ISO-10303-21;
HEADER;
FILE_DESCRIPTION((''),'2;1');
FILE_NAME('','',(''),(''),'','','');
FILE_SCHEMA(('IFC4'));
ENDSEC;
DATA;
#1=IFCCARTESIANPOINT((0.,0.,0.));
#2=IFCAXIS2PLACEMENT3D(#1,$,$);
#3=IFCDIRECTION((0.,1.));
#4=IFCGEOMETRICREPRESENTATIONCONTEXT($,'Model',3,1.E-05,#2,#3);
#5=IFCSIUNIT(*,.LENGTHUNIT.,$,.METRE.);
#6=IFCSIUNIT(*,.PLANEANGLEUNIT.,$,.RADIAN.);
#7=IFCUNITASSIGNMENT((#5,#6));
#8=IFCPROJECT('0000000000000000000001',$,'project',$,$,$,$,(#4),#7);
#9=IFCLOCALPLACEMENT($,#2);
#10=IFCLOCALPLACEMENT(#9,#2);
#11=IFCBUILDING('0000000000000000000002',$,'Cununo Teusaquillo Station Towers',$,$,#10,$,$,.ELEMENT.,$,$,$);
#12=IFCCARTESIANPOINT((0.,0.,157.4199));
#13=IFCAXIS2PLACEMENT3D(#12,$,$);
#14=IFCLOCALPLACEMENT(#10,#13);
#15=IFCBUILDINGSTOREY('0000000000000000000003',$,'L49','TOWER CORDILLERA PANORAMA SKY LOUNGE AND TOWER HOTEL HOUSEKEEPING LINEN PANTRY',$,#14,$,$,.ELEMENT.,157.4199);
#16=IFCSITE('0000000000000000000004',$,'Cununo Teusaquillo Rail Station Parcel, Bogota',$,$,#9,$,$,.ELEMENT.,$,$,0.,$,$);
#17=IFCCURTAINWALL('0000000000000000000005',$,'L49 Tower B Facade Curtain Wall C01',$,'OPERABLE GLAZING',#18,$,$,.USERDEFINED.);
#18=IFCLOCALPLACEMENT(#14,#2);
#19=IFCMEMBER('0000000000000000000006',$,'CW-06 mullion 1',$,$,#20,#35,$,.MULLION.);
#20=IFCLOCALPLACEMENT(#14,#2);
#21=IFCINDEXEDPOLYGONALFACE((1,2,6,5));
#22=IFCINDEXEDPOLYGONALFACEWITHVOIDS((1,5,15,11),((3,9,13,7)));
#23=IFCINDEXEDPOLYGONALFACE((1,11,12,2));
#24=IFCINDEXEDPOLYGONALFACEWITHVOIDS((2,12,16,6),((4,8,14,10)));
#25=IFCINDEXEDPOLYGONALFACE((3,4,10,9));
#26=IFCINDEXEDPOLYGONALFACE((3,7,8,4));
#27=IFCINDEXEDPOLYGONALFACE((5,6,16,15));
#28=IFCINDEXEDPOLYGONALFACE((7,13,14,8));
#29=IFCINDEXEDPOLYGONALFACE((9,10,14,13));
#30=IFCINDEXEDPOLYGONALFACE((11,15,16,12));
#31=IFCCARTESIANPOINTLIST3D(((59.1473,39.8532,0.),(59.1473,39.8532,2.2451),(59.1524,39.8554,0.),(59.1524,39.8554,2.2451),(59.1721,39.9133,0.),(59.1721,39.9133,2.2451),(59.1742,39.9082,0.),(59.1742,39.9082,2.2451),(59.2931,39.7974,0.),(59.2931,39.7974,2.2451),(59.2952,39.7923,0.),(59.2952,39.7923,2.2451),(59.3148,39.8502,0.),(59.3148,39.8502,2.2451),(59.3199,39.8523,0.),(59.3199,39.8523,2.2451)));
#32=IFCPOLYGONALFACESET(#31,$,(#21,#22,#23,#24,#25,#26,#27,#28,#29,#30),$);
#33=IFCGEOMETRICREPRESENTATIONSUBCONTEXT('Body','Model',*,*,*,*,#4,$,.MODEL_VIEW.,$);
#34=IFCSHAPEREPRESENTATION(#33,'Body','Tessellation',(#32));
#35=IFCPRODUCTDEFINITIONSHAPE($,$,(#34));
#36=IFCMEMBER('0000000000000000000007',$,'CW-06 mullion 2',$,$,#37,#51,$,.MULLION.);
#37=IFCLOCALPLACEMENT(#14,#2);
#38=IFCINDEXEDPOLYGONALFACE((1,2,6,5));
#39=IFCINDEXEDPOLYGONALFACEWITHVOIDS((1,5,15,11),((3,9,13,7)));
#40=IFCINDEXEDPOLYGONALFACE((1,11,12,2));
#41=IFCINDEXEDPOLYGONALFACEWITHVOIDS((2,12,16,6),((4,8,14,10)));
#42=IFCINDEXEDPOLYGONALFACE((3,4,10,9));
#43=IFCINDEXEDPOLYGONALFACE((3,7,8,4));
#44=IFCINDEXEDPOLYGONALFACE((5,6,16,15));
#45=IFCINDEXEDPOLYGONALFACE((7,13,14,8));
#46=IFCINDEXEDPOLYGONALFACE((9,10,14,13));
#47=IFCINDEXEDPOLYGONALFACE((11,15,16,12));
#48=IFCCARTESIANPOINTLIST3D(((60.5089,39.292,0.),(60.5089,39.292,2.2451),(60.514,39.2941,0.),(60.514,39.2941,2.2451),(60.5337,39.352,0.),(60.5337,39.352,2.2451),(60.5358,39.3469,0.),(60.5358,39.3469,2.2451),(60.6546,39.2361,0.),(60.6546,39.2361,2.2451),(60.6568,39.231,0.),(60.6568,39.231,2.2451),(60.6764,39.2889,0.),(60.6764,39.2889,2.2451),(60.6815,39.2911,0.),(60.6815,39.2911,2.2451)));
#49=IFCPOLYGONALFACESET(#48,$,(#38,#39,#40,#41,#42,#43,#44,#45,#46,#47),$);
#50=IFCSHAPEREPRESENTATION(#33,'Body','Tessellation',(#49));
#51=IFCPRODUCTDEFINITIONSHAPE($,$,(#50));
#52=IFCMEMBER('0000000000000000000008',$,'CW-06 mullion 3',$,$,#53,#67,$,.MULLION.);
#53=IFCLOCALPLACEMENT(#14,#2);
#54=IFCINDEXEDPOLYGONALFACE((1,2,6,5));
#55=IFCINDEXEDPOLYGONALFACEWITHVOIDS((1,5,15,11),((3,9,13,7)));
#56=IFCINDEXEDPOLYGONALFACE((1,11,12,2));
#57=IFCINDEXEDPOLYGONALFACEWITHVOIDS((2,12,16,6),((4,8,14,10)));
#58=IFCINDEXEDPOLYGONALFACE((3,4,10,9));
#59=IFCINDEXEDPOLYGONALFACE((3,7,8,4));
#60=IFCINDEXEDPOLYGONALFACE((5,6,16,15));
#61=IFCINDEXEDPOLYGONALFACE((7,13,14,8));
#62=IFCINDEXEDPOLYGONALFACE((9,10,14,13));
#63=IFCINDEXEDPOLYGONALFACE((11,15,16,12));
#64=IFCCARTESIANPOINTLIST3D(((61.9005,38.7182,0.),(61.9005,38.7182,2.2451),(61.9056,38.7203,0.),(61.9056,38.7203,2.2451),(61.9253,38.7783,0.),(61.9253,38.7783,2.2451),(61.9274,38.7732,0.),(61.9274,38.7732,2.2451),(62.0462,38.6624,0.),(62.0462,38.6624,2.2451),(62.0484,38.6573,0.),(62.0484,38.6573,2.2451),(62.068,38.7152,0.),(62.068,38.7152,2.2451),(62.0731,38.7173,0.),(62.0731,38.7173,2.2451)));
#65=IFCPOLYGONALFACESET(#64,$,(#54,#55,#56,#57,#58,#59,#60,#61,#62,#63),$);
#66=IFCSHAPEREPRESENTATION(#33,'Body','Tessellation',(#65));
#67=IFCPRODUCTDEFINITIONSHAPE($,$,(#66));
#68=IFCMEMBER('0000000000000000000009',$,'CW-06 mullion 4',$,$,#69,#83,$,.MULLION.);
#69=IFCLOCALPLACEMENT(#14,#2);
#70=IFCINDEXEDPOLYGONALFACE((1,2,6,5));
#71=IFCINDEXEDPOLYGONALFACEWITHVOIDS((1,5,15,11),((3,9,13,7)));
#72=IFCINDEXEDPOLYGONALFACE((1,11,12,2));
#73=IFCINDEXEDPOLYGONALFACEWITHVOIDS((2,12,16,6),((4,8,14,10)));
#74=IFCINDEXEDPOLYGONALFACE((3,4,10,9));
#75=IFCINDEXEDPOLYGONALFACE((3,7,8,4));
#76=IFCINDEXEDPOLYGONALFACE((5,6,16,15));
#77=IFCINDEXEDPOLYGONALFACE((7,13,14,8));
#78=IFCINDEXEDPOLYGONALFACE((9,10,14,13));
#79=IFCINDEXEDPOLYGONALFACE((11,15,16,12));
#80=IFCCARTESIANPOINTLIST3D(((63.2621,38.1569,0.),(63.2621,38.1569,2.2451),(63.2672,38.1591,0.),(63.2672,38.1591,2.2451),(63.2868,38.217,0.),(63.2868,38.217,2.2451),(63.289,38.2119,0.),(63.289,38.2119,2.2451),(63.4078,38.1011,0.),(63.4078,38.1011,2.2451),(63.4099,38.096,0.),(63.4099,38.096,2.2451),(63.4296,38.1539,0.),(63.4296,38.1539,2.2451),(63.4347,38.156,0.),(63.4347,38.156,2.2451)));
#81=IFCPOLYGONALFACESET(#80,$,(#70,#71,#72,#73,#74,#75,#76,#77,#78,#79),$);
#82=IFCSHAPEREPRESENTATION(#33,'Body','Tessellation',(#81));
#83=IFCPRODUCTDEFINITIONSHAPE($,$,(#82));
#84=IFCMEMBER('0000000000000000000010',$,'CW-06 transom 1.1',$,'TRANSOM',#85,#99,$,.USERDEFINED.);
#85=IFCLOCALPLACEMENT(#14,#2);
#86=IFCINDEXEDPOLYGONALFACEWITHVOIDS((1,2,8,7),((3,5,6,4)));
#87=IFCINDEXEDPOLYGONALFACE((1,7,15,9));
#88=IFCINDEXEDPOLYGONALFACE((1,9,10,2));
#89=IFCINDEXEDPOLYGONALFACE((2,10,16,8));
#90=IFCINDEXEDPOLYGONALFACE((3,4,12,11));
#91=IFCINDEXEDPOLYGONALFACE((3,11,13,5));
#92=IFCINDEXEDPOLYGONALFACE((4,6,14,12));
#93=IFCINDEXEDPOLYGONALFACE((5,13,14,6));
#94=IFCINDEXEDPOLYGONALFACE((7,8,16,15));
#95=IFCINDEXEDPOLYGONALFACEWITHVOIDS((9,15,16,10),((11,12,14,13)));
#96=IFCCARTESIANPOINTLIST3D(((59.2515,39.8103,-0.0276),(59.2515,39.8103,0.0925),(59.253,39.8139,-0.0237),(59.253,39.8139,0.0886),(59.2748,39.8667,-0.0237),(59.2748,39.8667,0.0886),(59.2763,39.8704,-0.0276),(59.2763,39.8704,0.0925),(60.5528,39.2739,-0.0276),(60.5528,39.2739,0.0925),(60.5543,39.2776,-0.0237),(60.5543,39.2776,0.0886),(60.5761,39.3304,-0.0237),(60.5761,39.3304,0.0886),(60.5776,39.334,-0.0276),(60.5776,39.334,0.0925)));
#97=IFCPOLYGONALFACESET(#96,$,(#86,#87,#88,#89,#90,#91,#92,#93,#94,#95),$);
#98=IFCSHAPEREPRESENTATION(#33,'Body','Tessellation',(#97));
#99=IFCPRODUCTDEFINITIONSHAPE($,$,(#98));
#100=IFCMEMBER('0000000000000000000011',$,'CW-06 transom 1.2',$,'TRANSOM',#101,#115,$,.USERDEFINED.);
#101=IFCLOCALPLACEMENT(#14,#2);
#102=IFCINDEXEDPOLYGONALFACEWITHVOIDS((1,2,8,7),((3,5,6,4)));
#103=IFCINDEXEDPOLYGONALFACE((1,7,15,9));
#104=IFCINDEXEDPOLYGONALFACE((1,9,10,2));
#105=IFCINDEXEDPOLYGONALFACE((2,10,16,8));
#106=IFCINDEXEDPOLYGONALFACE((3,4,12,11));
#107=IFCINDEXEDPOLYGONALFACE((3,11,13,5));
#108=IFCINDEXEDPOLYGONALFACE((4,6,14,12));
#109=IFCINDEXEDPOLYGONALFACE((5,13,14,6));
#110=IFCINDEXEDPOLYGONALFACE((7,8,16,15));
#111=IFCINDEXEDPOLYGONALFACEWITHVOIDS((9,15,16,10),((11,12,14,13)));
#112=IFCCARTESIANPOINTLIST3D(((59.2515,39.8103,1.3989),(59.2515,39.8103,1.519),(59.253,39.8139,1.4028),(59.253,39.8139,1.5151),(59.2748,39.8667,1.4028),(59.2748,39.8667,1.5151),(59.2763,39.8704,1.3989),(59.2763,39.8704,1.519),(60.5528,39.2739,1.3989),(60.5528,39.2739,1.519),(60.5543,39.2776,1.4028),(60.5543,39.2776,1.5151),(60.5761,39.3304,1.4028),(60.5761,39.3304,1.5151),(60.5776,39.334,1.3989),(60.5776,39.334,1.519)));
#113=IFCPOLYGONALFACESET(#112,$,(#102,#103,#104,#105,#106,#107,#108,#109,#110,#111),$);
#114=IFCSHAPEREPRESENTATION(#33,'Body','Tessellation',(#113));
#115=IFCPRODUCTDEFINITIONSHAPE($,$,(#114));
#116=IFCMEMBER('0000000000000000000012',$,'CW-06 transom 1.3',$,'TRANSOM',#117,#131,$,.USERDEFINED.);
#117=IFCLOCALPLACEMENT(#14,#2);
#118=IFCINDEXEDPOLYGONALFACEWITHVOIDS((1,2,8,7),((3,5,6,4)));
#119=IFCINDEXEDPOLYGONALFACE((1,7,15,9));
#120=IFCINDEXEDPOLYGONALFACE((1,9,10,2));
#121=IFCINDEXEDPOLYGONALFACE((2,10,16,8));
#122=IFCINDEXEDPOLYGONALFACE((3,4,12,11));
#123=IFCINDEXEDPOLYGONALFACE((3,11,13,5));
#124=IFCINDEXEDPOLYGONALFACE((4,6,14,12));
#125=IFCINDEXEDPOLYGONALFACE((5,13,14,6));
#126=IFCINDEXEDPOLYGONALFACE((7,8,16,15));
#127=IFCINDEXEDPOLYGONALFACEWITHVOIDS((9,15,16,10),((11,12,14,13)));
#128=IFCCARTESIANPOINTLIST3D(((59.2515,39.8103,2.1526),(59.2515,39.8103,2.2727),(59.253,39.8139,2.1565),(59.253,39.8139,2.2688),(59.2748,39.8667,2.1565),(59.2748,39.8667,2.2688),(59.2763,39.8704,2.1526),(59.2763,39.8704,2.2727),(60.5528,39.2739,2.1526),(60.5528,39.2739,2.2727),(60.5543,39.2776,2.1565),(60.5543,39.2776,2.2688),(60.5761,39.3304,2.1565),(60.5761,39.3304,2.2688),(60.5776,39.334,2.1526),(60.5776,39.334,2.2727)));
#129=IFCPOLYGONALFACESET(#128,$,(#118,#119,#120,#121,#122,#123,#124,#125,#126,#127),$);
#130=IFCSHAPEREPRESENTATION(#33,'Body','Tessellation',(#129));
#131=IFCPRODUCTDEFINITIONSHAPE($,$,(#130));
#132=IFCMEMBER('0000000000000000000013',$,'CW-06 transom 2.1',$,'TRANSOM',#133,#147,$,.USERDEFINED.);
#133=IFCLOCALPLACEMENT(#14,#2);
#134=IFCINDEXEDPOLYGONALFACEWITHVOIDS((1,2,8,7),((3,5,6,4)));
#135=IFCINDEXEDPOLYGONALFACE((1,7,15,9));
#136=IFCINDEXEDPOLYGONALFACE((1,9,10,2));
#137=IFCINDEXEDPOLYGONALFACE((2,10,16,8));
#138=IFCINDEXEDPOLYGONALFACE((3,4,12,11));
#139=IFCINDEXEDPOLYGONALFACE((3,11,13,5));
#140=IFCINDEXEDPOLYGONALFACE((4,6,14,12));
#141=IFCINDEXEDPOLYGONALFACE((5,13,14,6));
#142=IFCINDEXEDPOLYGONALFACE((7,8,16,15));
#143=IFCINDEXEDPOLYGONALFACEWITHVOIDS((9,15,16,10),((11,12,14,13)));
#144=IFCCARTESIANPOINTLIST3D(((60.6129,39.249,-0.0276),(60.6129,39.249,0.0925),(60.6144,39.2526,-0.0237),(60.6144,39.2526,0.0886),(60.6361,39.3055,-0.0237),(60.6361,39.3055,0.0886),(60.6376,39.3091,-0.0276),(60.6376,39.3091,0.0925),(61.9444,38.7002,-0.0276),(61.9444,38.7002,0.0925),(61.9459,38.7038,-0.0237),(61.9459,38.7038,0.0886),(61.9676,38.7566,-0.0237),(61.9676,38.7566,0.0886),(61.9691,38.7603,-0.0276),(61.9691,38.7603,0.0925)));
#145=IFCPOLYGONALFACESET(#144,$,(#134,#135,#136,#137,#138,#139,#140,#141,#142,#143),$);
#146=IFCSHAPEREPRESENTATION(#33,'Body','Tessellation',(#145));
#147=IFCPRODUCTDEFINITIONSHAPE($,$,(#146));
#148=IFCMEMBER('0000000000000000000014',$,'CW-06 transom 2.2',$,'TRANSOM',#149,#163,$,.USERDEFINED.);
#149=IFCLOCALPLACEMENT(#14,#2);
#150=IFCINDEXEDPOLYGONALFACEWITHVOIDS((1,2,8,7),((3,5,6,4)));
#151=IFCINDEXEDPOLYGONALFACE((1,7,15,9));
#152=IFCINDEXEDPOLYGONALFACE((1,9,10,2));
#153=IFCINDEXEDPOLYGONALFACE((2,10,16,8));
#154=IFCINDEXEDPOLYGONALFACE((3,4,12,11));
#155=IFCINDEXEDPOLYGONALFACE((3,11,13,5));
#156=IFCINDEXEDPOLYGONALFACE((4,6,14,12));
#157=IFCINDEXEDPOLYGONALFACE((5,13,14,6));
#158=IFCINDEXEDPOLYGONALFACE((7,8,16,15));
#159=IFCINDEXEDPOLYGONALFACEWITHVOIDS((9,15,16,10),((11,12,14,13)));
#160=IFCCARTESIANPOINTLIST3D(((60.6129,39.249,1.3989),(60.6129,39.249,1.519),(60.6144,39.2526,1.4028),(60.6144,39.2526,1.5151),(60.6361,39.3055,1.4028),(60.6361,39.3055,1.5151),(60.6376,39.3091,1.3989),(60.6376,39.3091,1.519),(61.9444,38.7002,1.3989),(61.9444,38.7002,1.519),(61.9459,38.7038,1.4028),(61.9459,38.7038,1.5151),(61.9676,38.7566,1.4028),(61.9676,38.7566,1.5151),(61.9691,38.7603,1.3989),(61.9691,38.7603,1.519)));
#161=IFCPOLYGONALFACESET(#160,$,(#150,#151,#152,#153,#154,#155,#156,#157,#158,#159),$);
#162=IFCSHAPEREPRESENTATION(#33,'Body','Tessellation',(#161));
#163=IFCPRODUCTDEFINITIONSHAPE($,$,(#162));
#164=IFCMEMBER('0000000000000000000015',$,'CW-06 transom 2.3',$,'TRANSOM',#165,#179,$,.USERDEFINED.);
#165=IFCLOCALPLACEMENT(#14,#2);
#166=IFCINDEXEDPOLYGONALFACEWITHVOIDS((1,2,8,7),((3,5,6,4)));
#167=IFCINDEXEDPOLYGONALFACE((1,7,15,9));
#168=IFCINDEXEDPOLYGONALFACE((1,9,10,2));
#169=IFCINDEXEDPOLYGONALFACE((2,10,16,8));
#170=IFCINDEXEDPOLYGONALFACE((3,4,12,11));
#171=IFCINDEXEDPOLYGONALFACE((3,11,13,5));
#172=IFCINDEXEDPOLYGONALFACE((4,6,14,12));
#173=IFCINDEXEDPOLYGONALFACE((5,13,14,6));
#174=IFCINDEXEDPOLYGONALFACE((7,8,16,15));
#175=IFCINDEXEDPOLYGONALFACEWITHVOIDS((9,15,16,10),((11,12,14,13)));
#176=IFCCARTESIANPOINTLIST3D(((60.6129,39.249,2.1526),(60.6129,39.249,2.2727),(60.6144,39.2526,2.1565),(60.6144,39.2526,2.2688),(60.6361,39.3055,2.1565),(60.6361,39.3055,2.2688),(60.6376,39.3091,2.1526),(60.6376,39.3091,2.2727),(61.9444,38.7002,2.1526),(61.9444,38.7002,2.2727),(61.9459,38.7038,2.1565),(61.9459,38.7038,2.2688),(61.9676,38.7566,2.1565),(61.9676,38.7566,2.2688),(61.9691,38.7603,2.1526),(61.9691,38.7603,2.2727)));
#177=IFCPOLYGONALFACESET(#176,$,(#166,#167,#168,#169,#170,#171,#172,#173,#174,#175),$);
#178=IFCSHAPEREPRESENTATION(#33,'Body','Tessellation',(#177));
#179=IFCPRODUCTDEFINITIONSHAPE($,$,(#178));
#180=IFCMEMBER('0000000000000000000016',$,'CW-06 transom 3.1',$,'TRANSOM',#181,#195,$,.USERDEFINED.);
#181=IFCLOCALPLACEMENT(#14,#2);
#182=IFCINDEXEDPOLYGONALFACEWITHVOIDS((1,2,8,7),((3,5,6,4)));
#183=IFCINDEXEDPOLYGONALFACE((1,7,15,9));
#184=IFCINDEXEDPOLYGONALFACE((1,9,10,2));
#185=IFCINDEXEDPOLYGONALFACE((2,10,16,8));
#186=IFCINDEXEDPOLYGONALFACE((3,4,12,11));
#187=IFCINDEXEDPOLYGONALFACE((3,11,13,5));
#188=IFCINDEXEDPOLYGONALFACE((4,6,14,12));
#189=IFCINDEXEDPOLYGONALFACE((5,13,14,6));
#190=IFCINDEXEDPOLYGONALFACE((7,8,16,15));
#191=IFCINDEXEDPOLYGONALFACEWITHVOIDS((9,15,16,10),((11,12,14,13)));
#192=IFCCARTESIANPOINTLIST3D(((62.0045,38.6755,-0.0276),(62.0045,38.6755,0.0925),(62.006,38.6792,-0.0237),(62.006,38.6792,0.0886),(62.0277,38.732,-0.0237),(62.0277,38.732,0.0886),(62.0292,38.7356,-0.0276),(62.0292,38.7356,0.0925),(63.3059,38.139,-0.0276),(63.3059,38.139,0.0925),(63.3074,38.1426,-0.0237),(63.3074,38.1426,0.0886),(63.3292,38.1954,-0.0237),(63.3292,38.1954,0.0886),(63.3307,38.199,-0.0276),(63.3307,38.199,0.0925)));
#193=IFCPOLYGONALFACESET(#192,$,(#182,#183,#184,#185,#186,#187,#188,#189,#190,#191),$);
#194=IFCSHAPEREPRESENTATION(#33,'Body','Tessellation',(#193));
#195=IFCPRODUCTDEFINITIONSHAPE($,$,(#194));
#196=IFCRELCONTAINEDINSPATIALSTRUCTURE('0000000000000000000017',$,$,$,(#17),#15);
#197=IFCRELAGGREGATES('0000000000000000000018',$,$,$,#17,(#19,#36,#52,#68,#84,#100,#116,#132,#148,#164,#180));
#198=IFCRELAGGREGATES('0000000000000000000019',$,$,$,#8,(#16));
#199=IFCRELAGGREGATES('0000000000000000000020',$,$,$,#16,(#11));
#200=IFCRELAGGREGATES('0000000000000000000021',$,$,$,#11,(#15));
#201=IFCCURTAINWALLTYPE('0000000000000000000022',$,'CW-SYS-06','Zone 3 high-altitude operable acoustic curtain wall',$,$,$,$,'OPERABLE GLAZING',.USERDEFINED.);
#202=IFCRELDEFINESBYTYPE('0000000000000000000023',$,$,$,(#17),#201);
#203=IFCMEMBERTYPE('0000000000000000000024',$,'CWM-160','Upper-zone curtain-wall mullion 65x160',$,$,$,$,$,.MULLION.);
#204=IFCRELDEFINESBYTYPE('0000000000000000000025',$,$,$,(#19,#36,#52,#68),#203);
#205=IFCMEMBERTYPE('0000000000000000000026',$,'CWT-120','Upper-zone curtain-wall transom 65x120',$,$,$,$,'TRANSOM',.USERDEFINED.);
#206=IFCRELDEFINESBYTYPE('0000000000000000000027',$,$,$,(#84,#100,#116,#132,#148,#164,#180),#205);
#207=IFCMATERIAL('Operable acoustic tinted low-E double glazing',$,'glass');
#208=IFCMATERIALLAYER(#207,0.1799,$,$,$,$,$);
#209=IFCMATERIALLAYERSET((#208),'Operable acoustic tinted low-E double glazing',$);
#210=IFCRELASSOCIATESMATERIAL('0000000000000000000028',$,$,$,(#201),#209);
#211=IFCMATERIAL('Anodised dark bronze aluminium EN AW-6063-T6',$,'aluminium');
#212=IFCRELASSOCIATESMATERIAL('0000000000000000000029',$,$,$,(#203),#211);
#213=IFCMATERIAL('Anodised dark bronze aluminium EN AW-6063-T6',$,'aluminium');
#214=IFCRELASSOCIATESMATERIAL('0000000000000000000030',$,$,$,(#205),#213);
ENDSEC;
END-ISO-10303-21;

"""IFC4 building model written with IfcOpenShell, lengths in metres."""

from ifc_helpers import new_model, si_unit, direction, frame, origin, origin_2d, place, context, subcontext, project, spatial, hollow_rectangle, extrude, material, layer, layer_set, material_profile, profile_set, type_object, element, aggregate, save


model = new_model("IFC4")

# Units and contexts
model_context = context("Model", 3, precision=1e-05, world=origin(), true_north=direction((0.0, 1.0)))
body_context = subcontext(model_context, "Body", "Model", "MODEL_VIEW")
ifc_project = project(units=[si_unit("LENGTHUNIT", "METRE"), si_unit("PLANEANGLEUNIT", "RADIAN")], contexts=[model_context])

# Site, building, storey
site_placement = place(None, origin())
site = spatial("IfcSite", under=ifc_project, at=site_placement, Name="Cununo Teusaquillo Rail Station Parcel, Bogota", CompositionType="ELEMENT", RefElevation=0.0)
building_placement = place(site_placement, origin())
building = spatial("IfcBuilding", under=site, at=building_placement, Name="Cununo Teusaquillo Station Towers", CompositionType="ELEMENT")
storey_placement = place(building_placement, frame((0.0, 0.0, 157.4199)))
storey = spatial("IfcBuildingStorey", under=building, at=storey_placement, Name="L49", Description="TOWER CORDILLERA PANORAMA SKY LOUNGE AND TOWER HOTEL HOUSEKEEPING LINEN PANTRY", CompositionType="ELEMENT", Elevation=157.4199)

# Curtain wall, members
ifc_material_1 = material(Name="Operable acoustic tinted low-E double glazing", Category="glass")
ifc_layer_1 = layer(ifc_material_1, 0.1799)
ifc_layer_set_1 = layer_set([ifc_layer_1], Name="Operable acoustic tinted low-E double glazing")
curtain_wall_type = type_object("IfcCurtainWallType", Name="CW-SYS-06", Description="Zone 3 high-altitude operable acoustic curtain wall", ElementType="OPERABLE GLAZING", PredefinedType="USERDEFINED", material=ifc_layer_set_1)
curtain_wall_placement = place(storey_placement, origin())
curtain_wall = element("IfcCurtainWall", 1, at=curtain_wall_placement, inside=storey, type_object=curtain_wall_type, Name="L49 Tower B Facade Curtain Wall C01", ObjectType="OPERABLE GLAZING", PredefinedType="USERDEFINED")
ifc_material_2 = material(Name="Anodised dark bronze aluminium EN AW-6063-T6", Category="aluminium")
ifc_material_profile_1 = material_profile(ifc_material_2, hollow_rectangle(XDim=0.0649, YDim=0.1599, WallThickness=0.0039, at=origin_2d()), Name="CW-MULL-65x160")
ifc_profile_set_1 = profile_set([ifc_material_profile_1], Name="Anodised dark bronze aluminium EN AW-6063-T6")
member_type_1 = type_object("IfcMemberType", Name="CWM-160", Description="Upper-zone curtain-wall mullion 65x160", PredefinedType="MULLION", material=ifc_profile_set_1)
member_1_placement = place(storey_placement, frame((59.2336, 39.8528, 0.0), z_axis=(0.0, 0.0, 1.0), x_axis=(0.381122, 0.924525, 0.0)))
member_1 = element("IfcMember", 2, at=member_1_placement, type_object=member_type_1, Name="CW-06 mullion 1", PredefinedType="MULLION", context=body_context, shape_type="SweptSolid", body=[
    extrude(hollow_rectangle(XDim=0.0649, YDim=0.1599, WallThickness=0.0039, at=origin_2d()), origin(), (0.0, 0.0, 1.0), 2.2451),
])
member_2_placement = place(storey_placement, frame((60.5952, 39.2915, 0.0), z_axis=(0.0, 0.0, 1.0), x_axis=(0.381122, 0.924525, 0.0)))
member_2 = element("IfcMember", 3, at=member_2_placement, type_object=member_type_1, Name="CW-06 mullion 2", PredefinedType="MULLION", context=body_context, shape_type="SweptSolid", body=[
    extrude(hollow_rectangle(XDim=0.0649, YDim=0.1599, WallThickness=0.0039, at=origin_2d()), origin(), (0.0, 0.0, 1.0), 2.2451),
])
member_3_placement = place(storey_placement, frame((61.9868, 38.7178, 0.0), z_axis=(0.0, 0.0, 1.0), x_axis=(0.381122, 0.924525, 0.0)))
member_3 = element("IfcMember", 4, at=member_3_placement, type_object=member_type_1, Name="CW-06 mullion 3", PredefinedType="MULLION", context=body_context, shape_type="SweptSolid", body=[
    extrude(hollow_rectangle(XDim=0.0649, YDim=0.1599, WallThickness=0.0039, at=origin_2d()), origin(), (0.0, 0.0, 1.0), 2.2451),
])
member_4_placement = place(storey_placement, frame((63.3484, 38.1565, 0.0), z_axis=(0.0, 0.0, 1.0), x_axis=(0.381122, 0.924525, 0.0)))
member_4 = element("IfcMember", 5, at=member_4_placement, type_object=member_type_1, Name="CW-06 mullion 4", PredefinedType="MULLION", context=body_context, shape_type="SweptSolid", body=[
    extrude(hollow_rectangle(XDim=0.0649, YDim=0.1599, WallThickness=0.0039, at=origin_2d()), origin(), (0.0, 0.0, 1.0), 2.2451),
])
ifc_material_3 = material(Name="Anodised dark bronze aluminium EN AW-6063-T6", Category="aluminium")
ifc_material_profile_2 = material_profile(ifc_material_3, hollow_rectangle(XDim=0.0649, YDim=0.1201, WallThickness=0.0039, at=origin_2d()), Name="CW-TRAN-65x120")
ifc_profile_set_2 = profile_set([ifc_material_profile_2], Name="Anodised dark bronze aluminium EN AW-6063-T6")
member_type_2 = type_object("IfcMemberType", Name="CWT-120", Description="Upper-zone curtain-wall transom 65x120", ElementType="TRANSOM", PredefinedType="USERDEFINED", material=ifc_profile_set_2)
member_5_placement = place(storey_placement, frame((59.2639, 39.8403, 0.0325), z_axis=(0.924538, -0.38109, 0.0), x_axis=(0.38109, 0.924538, 0.0)))
member_5 = element("IfcMember", 6, at=member_5_placement, type_object=member_type_2, Name="CW-06 transom 1.1", ObjectType="TRANSOM", PredefinedType="USERDEFINED", context=body_context, shape_type="SweptSolid", body=[
    extrude(hollow_rectangle(XDim=0.0649, YDim=0.1201, WallThickness=0.0039, at=origin_2d()), origin(), (0.0, 0.0, 1.0), 1.4075),
])
member_6_placement = place(storey_placement, frame((59.2639, 39.8403, 1.459), z_axis=(0.924538, -0.38109, 0.0), x_axis=(0.38109, 0.924538, 0.0)))
member_6 = element("IfcMember", 7, at=member_6_placement, type_object=member_type_2, Name="CW-06 transom 1.2", ObjectType="TRANSOM", PredefinedType="USERDEFINED", context=body_context, shape_type="SweptSolid", body=[
    extrude(hollow_rectangle(XDim=0.0649, YDim=0.1201, WallThickness=0.0039, at=origin_2d()), origin(), (0.0, 0.0, 1.0), 1.4075),
])
member_7_placement = place(storey_placement, frame((59.2639, 39.8403, 2.2126), z_axis=(0.924538, -0.38109, 0.0), x_axis=(0.38109, 0.924538, 0.0)))
member_7 = element("IfcMember", 8, at=member_7_placement, type_object=member_type_2, Name="CW-06 transom 1.3", ObjectType="TRANSOM", PredefinedType="USERDEFINED", context=body_context, shape_type="SweptSolid", body=[
    extrude(hollow_rectangle(XDim=0.0649, YDim=0.1201, WallThickness=0.0039, at=origin_2d()), origin(), (0.0, 0.0, 1.0), 1.4075),
])
member_8_placement = place(storey_placement, frame((60.6252, 39.2791, 0.0325), z_axis=(0.924545, -0.381074, 0.0), x_axis=(0.381074, 0.924545, 0.0)))
member_8 = element("IfcMember", 9, at=member_8_placement, type_object=member_type_2, Name="CW-06 transom 2.1", ObjectType="TRANSOM", PredefinedType="USERDEFINED", context=body_context, shape_type="SweptSolid", body=[
    extrude(hollow_rectangle(XDim=0.0649, YDim=0.1201, WallThickness=0.0039, at=origin_2d()), origin(), (0.0, 0.0, 1.0), 1.4402),
])
member_9_placement = place(storey_placement, frame((60.6252, 39.2791, 1.459), z_axis=(0.924545, -0.381074, 0.0), x_axis=(0.381074, 0.924545, 0.0)))
member_9 = element("IfcMember", 10, at=member_9_placement, type_object=member_type_2, Name="CW-06 transom 2.2", ObjectType="TRANSOM", PredefinedType="USERDEFINED", context=body_context, shape_type="SweptSolid", body=[
    extrude(hollow_rectangle(XDim=0.0649, YDim=0.1201, WallThickness=0.0039, at=origin_2d()), origin(), (0.0, 0.0, 1.0), 1.4402),
])
member_10_placement = place(storey_placement, frame((60.6252, 39.2791, 2.2126), z_axis=(0.924545, -0.381074, 0.0), x_axis=(0.381074, 0.924545, 0.0)))
member_10 = element("IfcMember", 11, at=member_10_placement, type_object=member_type_2, Name="CW-06 transom 2.3", ObjectType="TRANSOM", PredefinedType="USERDEFINED", context=body_context, shape_type="SweptSolid", body=[
    extrude(hollow_rectangle(XDim=0.0649, YDim=0.1201, WallThickness=0.0039, at=origin_2d()), origin(), (0.0, 0.0, 1.0), 1.4402),
])
member_11_placement = place(storey_placement, frame((62.0168, 38.7056, 0.0325), z_axis=(0.924502, -0.381177, 0.0), x_axis=(0.381177, 0.924502, 0.0)))
member_11 = element("IfcMember", 12, at=member_11_placement, type_object=member_type_2, Name="CW-06 transom 3.1", ObjectType="TRANSOM", PredefinedType="USERDEFINED", context=body_context, shape_type="SweptSolid", body=[
    extrude(hollow_rectangle(XDim=0.0649, YDim=0.1201, WallThickness=0.0039, at=origin_2d()), origin(), (0.0, 0.0, 1.0), 1.4077),
])

aggregate(curtain_wall, [member_1, member_2, member_3, member_4, member_5, member_6, member_7, member_8, member_9, member_10, member_11])

save(model, "model.ifc")
